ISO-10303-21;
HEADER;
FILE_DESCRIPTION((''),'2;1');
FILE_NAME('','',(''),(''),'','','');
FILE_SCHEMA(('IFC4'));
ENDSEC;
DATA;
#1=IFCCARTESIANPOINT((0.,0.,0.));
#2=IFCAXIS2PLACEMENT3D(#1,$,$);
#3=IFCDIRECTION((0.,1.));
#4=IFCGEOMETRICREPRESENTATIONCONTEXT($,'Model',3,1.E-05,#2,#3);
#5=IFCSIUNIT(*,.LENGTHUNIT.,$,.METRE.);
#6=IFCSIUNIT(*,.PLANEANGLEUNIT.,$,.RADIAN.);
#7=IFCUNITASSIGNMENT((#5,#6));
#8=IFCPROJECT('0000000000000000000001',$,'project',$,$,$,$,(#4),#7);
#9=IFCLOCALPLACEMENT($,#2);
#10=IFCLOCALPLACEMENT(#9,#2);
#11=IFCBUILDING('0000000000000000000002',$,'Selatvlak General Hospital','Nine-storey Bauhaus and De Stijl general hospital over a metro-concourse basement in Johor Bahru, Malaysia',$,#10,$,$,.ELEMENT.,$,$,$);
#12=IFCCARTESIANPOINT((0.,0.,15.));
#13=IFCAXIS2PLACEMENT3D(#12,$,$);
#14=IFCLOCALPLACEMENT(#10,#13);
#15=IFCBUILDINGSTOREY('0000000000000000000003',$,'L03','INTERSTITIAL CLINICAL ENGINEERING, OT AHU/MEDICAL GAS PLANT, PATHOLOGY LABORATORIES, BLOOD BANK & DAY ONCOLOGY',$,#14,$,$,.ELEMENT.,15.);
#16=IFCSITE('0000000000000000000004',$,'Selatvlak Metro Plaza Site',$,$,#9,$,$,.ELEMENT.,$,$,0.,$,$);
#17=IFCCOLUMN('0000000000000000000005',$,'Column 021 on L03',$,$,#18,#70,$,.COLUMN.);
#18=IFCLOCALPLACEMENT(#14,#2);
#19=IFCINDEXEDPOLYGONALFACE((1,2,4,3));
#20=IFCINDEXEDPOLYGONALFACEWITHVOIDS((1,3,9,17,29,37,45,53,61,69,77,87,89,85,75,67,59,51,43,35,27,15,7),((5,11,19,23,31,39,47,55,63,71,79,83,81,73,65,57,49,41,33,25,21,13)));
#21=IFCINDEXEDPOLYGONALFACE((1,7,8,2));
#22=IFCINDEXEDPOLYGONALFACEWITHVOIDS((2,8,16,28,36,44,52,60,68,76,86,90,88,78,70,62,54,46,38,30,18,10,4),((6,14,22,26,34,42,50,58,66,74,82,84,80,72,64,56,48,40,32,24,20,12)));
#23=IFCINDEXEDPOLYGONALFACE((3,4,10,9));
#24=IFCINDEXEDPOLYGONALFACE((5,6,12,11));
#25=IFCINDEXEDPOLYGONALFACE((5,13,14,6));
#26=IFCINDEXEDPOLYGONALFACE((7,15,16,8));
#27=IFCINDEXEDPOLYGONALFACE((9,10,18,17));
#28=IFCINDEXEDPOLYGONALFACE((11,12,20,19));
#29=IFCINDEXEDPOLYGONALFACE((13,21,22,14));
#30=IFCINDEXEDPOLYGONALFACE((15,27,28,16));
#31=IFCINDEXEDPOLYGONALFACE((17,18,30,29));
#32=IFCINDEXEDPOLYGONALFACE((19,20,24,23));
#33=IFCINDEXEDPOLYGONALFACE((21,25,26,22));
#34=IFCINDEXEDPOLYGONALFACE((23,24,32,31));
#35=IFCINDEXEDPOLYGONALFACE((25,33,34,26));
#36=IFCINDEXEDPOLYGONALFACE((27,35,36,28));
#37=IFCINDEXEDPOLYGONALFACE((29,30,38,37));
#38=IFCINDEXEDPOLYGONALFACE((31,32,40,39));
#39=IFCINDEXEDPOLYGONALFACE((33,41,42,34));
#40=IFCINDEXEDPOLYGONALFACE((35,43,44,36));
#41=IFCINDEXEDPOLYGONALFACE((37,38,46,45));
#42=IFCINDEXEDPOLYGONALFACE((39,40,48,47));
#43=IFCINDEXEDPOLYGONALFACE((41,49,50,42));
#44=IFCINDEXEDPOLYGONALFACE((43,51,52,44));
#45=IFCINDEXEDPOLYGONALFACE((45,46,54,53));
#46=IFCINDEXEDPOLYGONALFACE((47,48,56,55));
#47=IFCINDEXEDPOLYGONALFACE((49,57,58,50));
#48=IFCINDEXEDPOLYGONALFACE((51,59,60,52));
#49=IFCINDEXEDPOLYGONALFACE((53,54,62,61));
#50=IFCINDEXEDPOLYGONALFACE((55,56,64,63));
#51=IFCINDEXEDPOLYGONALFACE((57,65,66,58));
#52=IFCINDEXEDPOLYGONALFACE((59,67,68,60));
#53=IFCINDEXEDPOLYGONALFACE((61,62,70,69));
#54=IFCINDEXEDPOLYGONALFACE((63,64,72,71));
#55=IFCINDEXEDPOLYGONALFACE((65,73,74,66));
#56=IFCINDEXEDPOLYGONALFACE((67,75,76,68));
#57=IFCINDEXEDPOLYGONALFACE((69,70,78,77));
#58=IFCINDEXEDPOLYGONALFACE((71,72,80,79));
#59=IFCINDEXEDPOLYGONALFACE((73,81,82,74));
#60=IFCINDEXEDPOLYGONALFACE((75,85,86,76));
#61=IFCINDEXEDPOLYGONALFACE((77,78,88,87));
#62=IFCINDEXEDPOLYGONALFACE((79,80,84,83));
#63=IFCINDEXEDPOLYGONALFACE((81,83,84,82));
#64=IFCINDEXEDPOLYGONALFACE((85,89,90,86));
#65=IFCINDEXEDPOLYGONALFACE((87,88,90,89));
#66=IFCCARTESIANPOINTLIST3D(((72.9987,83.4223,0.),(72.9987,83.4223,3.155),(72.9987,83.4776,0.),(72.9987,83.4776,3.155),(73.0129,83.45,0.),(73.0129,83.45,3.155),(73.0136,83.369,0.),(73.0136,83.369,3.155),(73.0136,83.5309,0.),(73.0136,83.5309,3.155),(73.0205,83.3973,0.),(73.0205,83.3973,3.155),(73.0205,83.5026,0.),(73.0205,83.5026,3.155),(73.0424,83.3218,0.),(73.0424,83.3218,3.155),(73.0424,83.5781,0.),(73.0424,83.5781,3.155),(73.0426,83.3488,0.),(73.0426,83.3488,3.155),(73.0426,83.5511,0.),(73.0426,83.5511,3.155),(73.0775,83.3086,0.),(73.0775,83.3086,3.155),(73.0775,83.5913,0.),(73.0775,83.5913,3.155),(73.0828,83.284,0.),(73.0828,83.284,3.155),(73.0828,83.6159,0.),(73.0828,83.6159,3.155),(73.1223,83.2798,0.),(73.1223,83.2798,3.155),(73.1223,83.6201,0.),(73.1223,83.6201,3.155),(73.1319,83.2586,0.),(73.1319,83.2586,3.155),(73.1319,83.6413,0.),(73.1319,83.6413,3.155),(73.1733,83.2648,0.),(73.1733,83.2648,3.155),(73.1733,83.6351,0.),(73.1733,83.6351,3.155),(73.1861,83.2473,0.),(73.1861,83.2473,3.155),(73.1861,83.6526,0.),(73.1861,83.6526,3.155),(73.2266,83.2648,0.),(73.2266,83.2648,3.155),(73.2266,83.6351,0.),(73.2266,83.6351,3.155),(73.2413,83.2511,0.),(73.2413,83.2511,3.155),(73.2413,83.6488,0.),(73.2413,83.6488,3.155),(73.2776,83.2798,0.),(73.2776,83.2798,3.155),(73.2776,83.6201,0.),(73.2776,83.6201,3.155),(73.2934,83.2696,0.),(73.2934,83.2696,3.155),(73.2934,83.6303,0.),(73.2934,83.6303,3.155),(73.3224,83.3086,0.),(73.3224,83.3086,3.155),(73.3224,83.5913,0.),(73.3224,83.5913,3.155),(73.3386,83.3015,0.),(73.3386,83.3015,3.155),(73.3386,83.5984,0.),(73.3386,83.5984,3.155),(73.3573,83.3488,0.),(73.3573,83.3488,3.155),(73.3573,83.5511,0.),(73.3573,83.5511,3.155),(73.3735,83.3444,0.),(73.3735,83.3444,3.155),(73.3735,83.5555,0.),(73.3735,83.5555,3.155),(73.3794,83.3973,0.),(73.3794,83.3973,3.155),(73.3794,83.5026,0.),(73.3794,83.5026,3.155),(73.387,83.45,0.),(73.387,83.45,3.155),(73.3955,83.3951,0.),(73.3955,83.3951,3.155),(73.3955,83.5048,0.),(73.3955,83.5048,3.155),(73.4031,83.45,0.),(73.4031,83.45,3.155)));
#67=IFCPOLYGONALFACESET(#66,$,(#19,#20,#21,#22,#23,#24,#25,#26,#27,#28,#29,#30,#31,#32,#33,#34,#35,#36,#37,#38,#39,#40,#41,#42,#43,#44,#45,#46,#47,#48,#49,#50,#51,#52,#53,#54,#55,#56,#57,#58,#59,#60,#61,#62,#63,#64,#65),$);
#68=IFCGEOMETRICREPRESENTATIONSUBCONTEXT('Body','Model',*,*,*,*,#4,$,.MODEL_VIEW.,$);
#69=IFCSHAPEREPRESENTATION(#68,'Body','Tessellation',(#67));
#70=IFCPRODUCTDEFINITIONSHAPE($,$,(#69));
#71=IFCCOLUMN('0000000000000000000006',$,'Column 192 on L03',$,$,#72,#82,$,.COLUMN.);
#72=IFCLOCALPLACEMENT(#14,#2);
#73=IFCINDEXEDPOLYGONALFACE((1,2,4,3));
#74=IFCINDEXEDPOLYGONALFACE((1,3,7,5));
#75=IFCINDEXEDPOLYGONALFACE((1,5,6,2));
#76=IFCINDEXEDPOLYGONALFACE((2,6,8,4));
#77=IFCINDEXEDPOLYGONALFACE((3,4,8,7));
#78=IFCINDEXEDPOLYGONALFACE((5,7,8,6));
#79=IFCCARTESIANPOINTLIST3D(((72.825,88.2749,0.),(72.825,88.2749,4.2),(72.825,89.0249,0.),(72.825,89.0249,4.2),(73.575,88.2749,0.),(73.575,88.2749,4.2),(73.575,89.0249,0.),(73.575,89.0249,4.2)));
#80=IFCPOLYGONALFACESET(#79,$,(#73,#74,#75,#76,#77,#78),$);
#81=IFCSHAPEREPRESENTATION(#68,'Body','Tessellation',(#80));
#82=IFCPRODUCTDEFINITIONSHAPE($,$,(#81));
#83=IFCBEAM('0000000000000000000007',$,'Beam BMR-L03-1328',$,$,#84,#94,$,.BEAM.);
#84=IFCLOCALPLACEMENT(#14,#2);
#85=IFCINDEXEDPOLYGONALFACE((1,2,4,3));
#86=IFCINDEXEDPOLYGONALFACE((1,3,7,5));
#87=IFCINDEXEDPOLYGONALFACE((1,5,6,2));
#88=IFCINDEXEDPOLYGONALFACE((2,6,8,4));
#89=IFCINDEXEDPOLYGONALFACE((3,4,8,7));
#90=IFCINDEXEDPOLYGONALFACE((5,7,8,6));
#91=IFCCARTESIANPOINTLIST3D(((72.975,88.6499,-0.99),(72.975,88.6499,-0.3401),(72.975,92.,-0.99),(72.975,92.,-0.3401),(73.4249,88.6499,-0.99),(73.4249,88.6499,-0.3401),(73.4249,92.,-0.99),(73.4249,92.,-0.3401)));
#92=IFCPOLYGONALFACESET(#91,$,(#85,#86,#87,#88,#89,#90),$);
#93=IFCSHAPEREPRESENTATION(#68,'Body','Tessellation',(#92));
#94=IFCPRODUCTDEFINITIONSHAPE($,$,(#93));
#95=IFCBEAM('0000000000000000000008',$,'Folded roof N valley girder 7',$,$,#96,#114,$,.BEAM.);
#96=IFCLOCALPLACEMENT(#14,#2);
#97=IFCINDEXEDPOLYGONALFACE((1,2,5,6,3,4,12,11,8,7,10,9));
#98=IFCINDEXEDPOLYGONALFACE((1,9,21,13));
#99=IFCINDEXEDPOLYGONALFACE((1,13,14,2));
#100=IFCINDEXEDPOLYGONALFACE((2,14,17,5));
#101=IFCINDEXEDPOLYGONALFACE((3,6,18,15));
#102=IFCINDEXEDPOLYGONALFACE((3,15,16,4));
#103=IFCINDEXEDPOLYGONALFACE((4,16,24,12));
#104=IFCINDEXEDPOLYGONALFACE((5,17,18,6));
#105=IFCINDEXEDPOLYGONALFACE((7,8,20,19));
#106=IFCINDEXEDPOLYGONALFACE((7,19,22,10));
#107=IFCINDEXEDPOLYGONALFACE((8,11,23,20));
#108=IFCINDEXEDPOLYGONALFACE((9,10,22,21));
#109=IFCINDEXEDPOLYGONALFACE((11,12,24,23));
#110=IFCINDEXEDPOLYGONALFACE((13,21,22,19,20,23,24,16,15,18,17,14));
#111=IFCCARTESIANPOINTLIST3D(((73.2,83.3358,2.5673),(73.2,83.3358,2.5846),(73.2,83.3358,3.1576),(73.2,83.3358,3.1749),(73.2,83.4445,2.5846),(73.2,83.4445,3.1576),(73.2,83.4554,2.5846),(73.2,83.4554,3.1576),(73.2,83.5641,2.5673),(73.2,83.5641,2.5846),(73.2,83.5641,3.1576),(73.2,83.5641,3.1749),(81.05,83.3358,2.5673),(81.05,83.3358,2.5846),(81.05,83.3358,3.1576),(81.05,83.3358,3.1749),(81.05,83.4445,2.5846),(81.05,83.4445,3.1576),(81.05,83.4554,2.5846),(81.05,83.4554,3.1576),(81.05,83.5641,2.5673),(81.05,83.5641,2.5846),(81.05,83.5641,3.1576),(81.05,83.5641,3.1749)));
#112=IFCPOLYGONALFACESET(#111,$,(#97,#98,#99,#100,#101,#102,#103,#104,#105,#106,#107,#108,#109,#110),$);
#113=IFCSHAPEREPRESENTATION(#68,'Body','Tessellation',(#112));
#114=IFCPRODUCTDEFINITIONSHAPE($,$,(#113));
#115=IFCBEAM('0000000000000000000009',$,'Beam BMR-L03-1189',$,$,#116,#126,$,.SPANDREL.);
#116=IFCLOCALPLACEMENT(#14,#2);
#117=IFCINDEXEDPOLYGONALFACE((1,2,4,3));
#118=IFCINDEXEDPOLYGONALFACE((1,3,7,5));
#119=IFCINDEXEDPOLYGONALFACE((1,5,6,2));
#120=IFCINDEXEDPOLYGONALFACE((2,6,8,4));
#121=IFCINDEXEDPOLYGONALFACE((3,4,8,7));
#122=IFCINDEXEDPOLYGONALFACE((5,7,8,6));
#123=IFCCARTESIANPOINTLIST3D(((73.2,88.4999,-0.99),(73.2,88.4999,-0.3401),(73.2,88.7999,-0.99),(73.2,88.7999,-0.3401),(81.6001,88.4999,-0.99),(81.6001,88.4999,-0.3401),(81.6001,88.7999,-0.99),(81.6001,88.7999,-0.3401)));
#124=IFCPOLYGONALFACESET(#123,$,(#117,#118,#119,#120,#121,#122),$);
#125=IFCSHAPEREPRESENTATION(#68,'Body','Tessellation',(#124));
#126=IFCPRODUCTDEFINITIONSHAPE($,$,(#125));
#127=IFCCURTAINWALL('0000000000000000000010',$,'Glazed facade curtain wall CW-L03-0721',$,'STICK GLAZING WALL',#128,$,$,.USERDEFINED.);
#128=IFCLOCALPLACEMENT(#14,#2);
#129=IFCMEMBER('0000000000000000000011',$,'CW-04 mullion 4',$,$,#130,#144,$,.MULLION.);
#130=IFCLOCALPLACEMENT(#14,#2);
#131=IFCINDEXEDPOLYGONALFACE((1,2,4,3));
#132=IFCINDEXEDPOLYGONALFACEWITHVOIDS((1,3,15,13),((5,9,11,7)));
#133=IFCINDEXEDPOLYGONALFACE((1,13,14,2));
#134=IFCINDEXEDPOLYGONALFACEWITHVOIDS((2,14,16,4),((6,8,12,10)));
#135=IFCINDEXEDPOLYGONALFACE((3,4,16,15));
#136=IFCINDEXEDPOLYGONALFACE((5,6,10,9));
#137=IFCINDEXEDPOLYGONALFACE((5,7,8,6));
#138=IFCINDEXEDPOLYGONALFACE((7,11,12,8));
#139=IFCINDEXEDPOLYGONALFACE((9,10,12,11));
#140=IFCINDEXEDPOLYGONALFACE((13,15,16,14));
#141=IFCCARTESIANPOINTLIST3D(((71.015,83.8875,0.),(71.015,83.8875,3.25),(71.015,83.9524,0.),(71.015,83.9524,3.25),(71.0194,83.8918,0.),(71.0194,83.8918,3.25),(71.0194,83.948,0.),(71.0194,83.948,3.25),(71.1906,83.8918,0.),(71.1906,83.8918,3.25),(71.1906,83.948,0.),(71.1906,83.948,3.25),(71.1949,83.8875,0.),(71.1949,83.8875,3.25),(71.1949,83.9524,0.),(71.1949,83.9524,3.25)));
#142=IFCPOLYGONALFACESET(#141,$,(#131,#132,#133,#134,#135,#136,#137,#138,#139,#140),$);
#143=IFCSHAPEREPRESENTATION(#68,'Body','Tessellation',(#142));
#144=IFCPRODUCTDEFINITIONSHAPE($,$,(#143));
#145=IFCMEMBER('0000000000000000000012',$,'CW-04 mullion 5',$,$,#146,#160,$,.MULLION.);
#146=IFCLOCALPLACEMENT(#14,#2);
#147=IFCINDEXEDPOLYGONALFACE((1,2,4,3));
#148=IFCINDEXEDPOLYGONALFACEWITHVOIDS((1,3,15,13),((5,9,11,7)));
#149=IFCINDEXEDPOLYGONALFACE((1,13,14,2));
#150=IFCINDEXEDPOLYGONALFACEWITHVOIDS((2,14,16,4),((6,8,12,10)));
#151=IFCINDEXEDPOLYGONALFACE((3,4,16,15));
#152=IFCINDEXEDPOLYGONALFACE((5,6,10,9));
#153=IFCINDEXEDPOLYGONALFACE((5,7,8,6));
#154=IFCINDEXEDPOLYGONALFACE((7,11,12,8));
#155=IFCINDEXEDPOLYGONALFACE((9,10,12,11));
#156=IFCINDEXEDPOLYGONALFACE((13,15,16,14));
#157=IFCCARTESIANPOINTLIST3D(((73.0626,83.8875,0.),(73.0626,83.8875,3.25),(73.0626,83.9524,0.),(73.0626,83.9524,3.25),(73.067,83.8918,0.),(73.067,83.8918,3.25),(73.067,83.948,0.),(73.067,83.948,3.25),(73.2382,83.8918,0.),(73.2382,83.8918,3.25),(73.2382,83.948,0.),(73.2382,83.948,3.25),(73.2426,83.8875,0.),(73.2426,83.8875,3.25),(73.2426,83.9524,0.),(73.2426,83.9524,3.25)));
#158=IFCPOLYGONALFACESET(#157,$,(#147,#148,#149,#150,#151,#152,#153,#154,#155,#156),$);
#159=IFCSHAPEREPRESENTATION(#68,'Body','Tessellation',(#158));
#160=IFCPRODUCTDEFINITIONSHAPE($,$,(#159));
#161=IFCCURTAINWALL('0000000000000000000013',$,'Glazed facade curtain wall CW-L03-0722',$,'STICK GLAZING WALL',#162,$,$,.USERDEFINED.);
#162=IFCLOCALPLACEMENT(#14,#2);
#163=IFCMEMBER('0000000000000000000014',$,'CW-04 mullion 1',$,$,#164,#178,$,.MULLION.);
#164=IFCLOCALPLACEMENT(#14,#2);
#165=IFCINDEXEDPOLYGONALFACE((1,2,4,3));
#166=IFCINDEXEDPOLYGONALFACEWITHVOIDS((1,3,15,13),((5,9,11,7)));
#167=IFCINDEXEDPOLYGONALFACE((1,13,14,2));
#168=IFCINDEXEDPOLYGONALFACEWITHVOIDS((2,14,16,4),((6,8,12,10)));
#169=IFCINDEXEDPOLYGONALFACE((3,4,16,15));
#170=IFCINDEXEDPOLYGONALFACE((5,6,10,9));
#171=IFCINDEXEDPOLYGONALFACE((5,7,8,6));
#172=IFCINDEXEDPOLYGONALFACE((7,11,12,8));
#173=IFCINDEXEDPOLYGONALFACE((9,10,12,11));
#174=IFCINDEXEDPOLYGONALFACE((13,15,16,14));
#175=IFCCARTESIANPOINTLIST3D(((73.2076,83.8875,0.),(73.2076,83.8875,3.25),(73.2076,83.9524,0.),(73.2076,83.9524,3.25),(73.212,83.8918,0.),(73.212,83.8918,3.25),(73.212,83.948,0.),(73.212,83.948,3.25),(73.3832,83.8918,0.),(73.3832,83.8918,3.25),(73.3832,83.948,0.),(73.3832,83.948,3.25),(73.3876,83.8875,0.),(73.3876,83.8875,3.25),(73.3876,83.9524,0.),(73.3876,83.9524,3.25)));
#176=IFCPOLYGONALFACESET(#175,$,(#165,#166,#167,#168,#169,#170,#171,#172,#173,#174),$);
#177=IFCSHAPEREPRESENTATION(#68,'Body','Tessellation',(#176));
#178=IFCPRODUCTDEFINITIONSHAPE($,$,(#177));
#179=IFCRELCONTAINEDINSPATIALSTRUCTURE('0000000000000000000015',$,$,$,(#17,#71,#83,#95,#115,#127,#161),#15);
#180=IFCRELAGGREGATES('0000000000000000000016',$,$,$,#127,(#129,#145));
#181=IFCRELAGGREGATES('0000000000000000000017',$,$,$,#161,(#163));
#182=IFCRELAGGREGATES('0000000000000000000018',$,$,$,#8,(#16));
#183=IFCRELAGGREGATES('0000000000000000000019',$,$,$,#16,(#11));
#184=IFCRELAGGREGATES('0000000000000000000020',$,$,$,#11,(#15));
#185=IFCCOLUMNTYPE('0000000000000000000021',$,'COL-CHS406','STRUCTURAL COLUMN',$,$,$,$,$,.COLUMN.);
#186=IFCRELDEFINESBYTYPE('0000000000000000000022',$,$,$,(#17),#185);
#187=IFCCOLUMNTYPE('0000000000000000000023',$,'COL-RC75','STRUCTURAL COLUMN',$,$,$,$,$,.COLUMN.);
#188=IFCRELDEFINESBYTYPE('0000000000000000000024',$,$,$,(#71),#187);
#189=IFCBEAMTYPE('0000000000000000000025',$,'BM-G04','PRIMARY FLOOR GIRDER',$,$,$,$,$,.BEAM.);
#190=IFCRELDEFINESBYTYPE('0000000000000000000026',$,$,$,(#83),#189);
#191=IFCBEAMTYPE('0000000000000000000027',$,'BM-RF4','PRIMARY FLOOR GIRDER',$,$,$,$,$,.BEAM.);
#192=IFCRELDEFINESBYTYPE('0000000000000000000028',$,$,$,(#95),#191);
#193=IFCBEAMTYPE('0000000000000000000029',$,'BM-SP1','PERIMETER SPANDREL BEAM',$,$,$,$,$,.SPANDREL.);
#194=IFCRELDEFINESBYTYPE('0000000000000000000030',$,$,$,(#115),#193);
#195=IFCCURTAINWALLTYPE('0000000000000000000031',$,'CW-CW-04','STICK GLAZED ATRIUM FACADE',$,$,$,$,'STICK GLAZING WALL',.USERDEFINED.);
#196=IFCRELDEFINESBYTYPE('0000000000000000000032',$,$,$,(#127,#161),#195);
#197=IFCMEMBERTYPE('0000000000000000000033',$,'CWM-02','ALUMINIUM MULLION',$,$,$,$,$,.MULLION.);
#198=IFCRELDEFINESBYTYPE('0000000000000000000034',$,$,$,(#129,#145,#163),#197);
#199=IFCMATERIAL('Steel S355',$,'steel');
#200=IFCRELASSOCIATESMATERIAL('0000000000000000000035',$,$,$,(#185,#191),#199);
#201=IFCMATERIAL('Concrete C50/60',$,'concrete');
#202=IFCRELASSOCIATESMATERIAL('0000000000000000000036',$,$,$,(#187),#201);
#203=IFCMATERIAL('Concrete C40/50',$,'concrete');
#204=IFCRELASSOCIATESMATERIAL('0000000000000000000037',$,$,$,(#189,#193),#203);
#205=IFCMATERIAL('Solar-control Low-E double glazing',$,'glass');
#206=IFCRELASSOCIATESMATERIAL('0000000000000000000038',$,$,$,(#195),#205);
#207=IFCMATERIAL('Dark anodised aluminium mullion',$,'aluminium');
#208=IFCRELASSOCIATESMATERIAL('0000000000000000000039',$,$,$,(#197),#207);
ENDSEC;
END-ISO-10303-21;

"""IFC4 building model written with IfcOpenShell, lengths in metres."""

from ifc_helpers import new_model, si_unit, direction, frame, origin, origin_2d, place, context, subcontext, project, spatial, rectangle, hollow_rectangle, hollow_circle, i_section, extrude, material, material_profile, profile_set, type_object, element, aggregate, save


model = new_model("IFC4")

# Units and contexts
model_context = context("Model", 3, precision=1e-05, world=origin(), true_north=direction((0.0, 1.0)))
body_context = subcontext(model_context, "Body", "Model", "MODEL_VIEW")
ifc_project = project(units=[si_unit("LENGTHUNIT", "METRE"), si_unit("PLANEANGLEUNIT", "RADIAN")], contexts=[model_context])

# Site, building, storey
site_placement = place(None, origin())
site = spatial("IfcSite", under=ifc_project, at=site_placement, Name="Selatvlak Metro Plaza Site", CompositionType="ELEMENT", RefElevation=0.0)
building_placement = place(site_placement, origin())
building = spatial("IfcBuilding", under=site, at=building_placement, Name="Selatvlak General Hospital", Description="Nine-storey Bauhaus and De Stijl general hospital over a metro-concourse basement in Johor Bahru, Malaysia", CompositionType="ELEMENT")
storey_placement = place(building_placement, frame((0.0, 0.0, 15.0)))
storey = spatial("IfcBuildingStorey", under=building, at=storey_placement, Name="L03", Description="INTERSTITIAL CLINICAL ENGINEERING, OT AHU/MEDICAL GAS PLANT, PATHOLOGY LABORATORIES, BLOOD BANK & DAY ONCOLOGY", CompositionType="ELEMENT", Elevation=15.0)

# Columns
ifc_material_1 = material(Name="Steel S355", Category="steel")
ifc_material_profile_1 = material_profile(ifc_material_1, hollow_circle(Radius=0.2031, WallThickness=0.0161, at=origin_2d()), Name="CHS 406.4x16")
ifc_profile_set_1 = profile_set([ifc_material_profile_1], Name="Steel S355")
column_type_1 = type_object("IfcColumnType", Name="COL-CHS406", Description="STRUCTURAL COLUMN", PredefinedType="COLUMN", material=ifc_profile_set_1)
column_1_placement = place(storey_placement, frame((73.2, 83.45, 0.0), z_axis=(0.0, 0.0, 1.0), x_axis=(1.0, 0.0, 0.0)))
element("IfcColumn", 1, at=column_1_placement, inside=storey, type_object=column_type_1, Name="Column 021 on L03", PredefinedType="COLUMN", context=body_context, shape_type="SweptSolid", body=[
    extrude(hollow_circle(Radius=0.2031, WallThickness=0.0161, at=origin_2d()), origin(), (0.0, 0.0, 1.0), 3.155),
])
ifc_material_2 = material(Name="Concrete C50/60", Category="concrete")
ifc_material_profile_2 = material_profile(ifc_material_2, rectangle(XDim=0.75, YDim=0.75, at=origin_2d()), Name="RC-COL 750x750")
ifc_profile_set_2 = profile_set([ifc_material_profile_2], Name="Concrete C50/60")
column_type_2 = type_object("IfcColumnType", Name="COL-RC75", Description="STRUCTURAL COLUMN", PredefinedType="COLUMN", material=ifc_profile_set_2)
column_2_placement = place(storey_placement, frame((73.2, 88.6499, 0.0), z_axis=(0.0, 0.0, 1.0), x_axis=(1.0, 0.0, 0.0)))
element("IfcColumn", 2, at=column_2_placement, inside=storey, type_object=column_type_2, Name="Column 192 on L03", PredefinedType="COLUMN", context=body_context, shape_type="SweptSolid", body=[
    extrude(rectangle(XDim=0.75, YDim=0.75, at=origin_2d()), origin(), (0.0, 0.0, 1.0), 4.2),
])

# Beams
ifc_material_3 = material(Name="Concrete C40/50", Category="concrete")
ifc_material_profile_3 = material_profile(ifc_material_3, rectangle(XDim=0.45, YDim=0.6499, at=origin_2d()), Name="RC-BM 450x650")
ifc_profile_set_3 = profile_set([ifc_material_profile_3], Name="Concrete C40/50")
beam_type_1 = type_object("IfcBeamType", Name="BM-G04", Description="PRIMARY FLOOR GIRDER", PredefinedType="BEAM", material=ifc_profile_set_3)
beam_1_placement = place(storey_placement, frame((73.2, 88.6499, -0.665), z_axis=(0.0, 1.0, 0.0), x_axis=(-1.0, 0.0, 0.0)))
element("IfcBeam", 3, at=beam_1_placement, inside=storey, type_object=beam_type_1, Name="Beam BMR-L03-1328", PredefinedType="BEAM", context=body_context, shape_type="SweptSolid", body=[
    extrude(rectangle(XDim=0.45, YDim=0.6499, at=origin_2d()), origin(), (0.0, 0.0, 1.0), 3.3501),
])
ifc_material_profile_4 = material_profile(ifc_material_1, i_section(OverallWidth=0.2283, OverallDepth=0.6077, WebThickness=0.011, FlangeThickness=0.0173, at=origin_2d()), Name="UB 610x229x113")
ifc_profile_set_4 = profile_set([ifc_material_profile_4], Name="Steel S355")
beam_type_2 = type_object("IfcBeamType", Name="BM-RF4", Description="PRIMARY FLOOR GIRDER", PredefinedType="BEAM", material=ifc_profile_set_4)
beam_2_placement = place(storey_placement, frame((73.2, 83.45, 2.8711), z_axis=(1.0, 0.0, 0.0), x_axis=(0.0, 1.0, 0.0)))
element("IfcBeam", 4, at=beam_2_placement, inside=storey, type_object=beam_type_2, Name="Folded roof N valley girder 7", PredefinedType="BEAM", context=body_context, shape_type="SweptSolid", body=[
    extrude(i_section(OverallWidth=0.2283, OverallDepth=0.6077, WebThickness=0.011, FlangeThickness=0.0173, at=origin_2d()), origin(), (0.0, 0.0, 1.0), 7.8501),
])
ifc_material_profile_5 = material_profile(ifc_material_3, rectangle(XDim=0.3, YDim=0.6499, at=origin_2d()), Name="RC-SP 300x650")
ifc_profile_set_5 = profile_set([ifc_material_profile_5], Name="Concrete C40/50")
beam_type_3 = type_object("IfcBeamType", Name="BM-SP1", Description="PERIMETER SPANDREL BEAM", PredefinedType="SPANDREL", material=ifc_profile_set_5)
beam_3_placement = place(storey_placement, frame((73.2, 88.6499, -0.665), z_axis=(1.0, 0.0, 0.0), x_axis=(0.0, 1.0, 0.0)))
element("IfcBeam", 5, at=beam_3_placement, inside=storey, type_object=beam_type_3, Name="Beam BMR-L03-1189", PredefinedType="SPANDREL", context=body_context, shape_type="SweptSolid", body=[
    extrude(rectangle(XDim=0.3, YDim=0.6499, at=origin_2d()), origin(), (0.0, 0.0, 1.0), 8.4001),
])

# Curtain walls, members
ifc_material_4 = material(Name="Solar-control Low-E double glazing", Category="glass")
curtain_wall_type = type_object("IfcCurtainWallType", Name="CW-CW-04", Description="STICK GLAZED ATRIUM FACADE", ElementType="STICK GLAZING WALL", PredefinedType="USERDEFINED", material=ifc_material_4)
curtain_wall_1_placement = place(storey_placement, origin())
curtain_wall_1 = element("IfcCurtainWall", 6, at=curtain_wall_1_placement, inside=storey, type_object=curtain_wall_type, Name="Glazed facade curtain wall CW-L03-0721", ObjectType="STICK GLAZING WALL", PredefinedType="USERDEFINED")
ifc_material_5 = material(Name="Dark anodised aluminium mullion", Category="aluminium")
ifc_material_profile_6 = material_profile(ifc_material_5, hollow_rectangle(XDim=0.0649, YDim=0.1799, WallThickness=0.0044, at=origin_2d()), Name="AL-MUL 65x180x4.5")
ifc_profile_set_6 = profile_set([ifc_material_profile_6], Name="Dark anodised aluminium mullion")
member_type_1 = type_object("IfcMemberType", Name="CWM-02", Description="ALUMINIUM MULLION", PredefinedType="MULLION", material=ifc_profile_set_6)
member_1_placement = place(storey_placement, frame((71.105, 83.9199, 0.0), z_axis=(0.0, 0.0, 1.0), x_axis=(0.0, 1.0, 0.0)))
member_1 = element("IfcMember", 7, at=member_1_placement, type_object=member_type_1, Name="CW-04 mullion 4", PredefinedType="MULLION", context=body_context, shape_type="SweptSolid", body=[
    extrude(hollow_rectangle(XDim=0.0649, YDim=0.1799, WallThickness=0.0044, at=origin_2d()), origin(), (0.0, 0.0, 1.0), 3.25),
])
member_2_placement = place(storey_placement, frame((73.1526, 83.9199, 0.0), z_axis=(0.0, 0.0, 1.0), x_axis=(0.0, 1.0, 0.0)))
member_2 = element("IfcMember", 8, at=member_2_placement, type_object=member_type_1, Name="CW-04 mullion 5", PredefinedType="MULLION", context=body_context, shape_type="SweptSolid", body=[
    extrude(hollow_rectangle(XDim=0.0649, YDim=0.1799, WallThickness=0.0044, at=origin_2d()), origin(), (0.0, 0.0, 1.0), 3.25),
])
curtain_wall_2_placement = place(storey_placement, origin())
curtain_wall_2 = element("IfcCurtainWall", 9, at=curtain_wall_2_placement, inside=storey, type_object=curtain_wall_type, Name="Glazed facade curtain wall CW-L03-0722", ObjectType="STICK GLAZING WALL", PredefinedType="USERDEFINED")
member_3_placement = place(storey_placement, frame((73.2976, 83.9199, 0.0), z_axis=(0.0, 0.0, 1.0), x_axis=(0.0, 1.0, 0.0)))
member_3 = element("IfcMember", 10, at=member_3_placement, type_object=member_type_1, Name="CW-04 mullion 1", PredefinedType="MULLION", context=body_context, shape_type="SweptSolid", body=[
    extrude(hollow_rectangle(XDim=0.0649, YDim=0.1799, WallThickness=0.0044, at=origin_2d()), origin(), (0.0, 0.0, 1.0), 3.25),
])

aggregate(curtain_wall_1, [member_1, member_2])
aggregate(curtain_wall_2, [member_3])

save(model, "model.ifc")
